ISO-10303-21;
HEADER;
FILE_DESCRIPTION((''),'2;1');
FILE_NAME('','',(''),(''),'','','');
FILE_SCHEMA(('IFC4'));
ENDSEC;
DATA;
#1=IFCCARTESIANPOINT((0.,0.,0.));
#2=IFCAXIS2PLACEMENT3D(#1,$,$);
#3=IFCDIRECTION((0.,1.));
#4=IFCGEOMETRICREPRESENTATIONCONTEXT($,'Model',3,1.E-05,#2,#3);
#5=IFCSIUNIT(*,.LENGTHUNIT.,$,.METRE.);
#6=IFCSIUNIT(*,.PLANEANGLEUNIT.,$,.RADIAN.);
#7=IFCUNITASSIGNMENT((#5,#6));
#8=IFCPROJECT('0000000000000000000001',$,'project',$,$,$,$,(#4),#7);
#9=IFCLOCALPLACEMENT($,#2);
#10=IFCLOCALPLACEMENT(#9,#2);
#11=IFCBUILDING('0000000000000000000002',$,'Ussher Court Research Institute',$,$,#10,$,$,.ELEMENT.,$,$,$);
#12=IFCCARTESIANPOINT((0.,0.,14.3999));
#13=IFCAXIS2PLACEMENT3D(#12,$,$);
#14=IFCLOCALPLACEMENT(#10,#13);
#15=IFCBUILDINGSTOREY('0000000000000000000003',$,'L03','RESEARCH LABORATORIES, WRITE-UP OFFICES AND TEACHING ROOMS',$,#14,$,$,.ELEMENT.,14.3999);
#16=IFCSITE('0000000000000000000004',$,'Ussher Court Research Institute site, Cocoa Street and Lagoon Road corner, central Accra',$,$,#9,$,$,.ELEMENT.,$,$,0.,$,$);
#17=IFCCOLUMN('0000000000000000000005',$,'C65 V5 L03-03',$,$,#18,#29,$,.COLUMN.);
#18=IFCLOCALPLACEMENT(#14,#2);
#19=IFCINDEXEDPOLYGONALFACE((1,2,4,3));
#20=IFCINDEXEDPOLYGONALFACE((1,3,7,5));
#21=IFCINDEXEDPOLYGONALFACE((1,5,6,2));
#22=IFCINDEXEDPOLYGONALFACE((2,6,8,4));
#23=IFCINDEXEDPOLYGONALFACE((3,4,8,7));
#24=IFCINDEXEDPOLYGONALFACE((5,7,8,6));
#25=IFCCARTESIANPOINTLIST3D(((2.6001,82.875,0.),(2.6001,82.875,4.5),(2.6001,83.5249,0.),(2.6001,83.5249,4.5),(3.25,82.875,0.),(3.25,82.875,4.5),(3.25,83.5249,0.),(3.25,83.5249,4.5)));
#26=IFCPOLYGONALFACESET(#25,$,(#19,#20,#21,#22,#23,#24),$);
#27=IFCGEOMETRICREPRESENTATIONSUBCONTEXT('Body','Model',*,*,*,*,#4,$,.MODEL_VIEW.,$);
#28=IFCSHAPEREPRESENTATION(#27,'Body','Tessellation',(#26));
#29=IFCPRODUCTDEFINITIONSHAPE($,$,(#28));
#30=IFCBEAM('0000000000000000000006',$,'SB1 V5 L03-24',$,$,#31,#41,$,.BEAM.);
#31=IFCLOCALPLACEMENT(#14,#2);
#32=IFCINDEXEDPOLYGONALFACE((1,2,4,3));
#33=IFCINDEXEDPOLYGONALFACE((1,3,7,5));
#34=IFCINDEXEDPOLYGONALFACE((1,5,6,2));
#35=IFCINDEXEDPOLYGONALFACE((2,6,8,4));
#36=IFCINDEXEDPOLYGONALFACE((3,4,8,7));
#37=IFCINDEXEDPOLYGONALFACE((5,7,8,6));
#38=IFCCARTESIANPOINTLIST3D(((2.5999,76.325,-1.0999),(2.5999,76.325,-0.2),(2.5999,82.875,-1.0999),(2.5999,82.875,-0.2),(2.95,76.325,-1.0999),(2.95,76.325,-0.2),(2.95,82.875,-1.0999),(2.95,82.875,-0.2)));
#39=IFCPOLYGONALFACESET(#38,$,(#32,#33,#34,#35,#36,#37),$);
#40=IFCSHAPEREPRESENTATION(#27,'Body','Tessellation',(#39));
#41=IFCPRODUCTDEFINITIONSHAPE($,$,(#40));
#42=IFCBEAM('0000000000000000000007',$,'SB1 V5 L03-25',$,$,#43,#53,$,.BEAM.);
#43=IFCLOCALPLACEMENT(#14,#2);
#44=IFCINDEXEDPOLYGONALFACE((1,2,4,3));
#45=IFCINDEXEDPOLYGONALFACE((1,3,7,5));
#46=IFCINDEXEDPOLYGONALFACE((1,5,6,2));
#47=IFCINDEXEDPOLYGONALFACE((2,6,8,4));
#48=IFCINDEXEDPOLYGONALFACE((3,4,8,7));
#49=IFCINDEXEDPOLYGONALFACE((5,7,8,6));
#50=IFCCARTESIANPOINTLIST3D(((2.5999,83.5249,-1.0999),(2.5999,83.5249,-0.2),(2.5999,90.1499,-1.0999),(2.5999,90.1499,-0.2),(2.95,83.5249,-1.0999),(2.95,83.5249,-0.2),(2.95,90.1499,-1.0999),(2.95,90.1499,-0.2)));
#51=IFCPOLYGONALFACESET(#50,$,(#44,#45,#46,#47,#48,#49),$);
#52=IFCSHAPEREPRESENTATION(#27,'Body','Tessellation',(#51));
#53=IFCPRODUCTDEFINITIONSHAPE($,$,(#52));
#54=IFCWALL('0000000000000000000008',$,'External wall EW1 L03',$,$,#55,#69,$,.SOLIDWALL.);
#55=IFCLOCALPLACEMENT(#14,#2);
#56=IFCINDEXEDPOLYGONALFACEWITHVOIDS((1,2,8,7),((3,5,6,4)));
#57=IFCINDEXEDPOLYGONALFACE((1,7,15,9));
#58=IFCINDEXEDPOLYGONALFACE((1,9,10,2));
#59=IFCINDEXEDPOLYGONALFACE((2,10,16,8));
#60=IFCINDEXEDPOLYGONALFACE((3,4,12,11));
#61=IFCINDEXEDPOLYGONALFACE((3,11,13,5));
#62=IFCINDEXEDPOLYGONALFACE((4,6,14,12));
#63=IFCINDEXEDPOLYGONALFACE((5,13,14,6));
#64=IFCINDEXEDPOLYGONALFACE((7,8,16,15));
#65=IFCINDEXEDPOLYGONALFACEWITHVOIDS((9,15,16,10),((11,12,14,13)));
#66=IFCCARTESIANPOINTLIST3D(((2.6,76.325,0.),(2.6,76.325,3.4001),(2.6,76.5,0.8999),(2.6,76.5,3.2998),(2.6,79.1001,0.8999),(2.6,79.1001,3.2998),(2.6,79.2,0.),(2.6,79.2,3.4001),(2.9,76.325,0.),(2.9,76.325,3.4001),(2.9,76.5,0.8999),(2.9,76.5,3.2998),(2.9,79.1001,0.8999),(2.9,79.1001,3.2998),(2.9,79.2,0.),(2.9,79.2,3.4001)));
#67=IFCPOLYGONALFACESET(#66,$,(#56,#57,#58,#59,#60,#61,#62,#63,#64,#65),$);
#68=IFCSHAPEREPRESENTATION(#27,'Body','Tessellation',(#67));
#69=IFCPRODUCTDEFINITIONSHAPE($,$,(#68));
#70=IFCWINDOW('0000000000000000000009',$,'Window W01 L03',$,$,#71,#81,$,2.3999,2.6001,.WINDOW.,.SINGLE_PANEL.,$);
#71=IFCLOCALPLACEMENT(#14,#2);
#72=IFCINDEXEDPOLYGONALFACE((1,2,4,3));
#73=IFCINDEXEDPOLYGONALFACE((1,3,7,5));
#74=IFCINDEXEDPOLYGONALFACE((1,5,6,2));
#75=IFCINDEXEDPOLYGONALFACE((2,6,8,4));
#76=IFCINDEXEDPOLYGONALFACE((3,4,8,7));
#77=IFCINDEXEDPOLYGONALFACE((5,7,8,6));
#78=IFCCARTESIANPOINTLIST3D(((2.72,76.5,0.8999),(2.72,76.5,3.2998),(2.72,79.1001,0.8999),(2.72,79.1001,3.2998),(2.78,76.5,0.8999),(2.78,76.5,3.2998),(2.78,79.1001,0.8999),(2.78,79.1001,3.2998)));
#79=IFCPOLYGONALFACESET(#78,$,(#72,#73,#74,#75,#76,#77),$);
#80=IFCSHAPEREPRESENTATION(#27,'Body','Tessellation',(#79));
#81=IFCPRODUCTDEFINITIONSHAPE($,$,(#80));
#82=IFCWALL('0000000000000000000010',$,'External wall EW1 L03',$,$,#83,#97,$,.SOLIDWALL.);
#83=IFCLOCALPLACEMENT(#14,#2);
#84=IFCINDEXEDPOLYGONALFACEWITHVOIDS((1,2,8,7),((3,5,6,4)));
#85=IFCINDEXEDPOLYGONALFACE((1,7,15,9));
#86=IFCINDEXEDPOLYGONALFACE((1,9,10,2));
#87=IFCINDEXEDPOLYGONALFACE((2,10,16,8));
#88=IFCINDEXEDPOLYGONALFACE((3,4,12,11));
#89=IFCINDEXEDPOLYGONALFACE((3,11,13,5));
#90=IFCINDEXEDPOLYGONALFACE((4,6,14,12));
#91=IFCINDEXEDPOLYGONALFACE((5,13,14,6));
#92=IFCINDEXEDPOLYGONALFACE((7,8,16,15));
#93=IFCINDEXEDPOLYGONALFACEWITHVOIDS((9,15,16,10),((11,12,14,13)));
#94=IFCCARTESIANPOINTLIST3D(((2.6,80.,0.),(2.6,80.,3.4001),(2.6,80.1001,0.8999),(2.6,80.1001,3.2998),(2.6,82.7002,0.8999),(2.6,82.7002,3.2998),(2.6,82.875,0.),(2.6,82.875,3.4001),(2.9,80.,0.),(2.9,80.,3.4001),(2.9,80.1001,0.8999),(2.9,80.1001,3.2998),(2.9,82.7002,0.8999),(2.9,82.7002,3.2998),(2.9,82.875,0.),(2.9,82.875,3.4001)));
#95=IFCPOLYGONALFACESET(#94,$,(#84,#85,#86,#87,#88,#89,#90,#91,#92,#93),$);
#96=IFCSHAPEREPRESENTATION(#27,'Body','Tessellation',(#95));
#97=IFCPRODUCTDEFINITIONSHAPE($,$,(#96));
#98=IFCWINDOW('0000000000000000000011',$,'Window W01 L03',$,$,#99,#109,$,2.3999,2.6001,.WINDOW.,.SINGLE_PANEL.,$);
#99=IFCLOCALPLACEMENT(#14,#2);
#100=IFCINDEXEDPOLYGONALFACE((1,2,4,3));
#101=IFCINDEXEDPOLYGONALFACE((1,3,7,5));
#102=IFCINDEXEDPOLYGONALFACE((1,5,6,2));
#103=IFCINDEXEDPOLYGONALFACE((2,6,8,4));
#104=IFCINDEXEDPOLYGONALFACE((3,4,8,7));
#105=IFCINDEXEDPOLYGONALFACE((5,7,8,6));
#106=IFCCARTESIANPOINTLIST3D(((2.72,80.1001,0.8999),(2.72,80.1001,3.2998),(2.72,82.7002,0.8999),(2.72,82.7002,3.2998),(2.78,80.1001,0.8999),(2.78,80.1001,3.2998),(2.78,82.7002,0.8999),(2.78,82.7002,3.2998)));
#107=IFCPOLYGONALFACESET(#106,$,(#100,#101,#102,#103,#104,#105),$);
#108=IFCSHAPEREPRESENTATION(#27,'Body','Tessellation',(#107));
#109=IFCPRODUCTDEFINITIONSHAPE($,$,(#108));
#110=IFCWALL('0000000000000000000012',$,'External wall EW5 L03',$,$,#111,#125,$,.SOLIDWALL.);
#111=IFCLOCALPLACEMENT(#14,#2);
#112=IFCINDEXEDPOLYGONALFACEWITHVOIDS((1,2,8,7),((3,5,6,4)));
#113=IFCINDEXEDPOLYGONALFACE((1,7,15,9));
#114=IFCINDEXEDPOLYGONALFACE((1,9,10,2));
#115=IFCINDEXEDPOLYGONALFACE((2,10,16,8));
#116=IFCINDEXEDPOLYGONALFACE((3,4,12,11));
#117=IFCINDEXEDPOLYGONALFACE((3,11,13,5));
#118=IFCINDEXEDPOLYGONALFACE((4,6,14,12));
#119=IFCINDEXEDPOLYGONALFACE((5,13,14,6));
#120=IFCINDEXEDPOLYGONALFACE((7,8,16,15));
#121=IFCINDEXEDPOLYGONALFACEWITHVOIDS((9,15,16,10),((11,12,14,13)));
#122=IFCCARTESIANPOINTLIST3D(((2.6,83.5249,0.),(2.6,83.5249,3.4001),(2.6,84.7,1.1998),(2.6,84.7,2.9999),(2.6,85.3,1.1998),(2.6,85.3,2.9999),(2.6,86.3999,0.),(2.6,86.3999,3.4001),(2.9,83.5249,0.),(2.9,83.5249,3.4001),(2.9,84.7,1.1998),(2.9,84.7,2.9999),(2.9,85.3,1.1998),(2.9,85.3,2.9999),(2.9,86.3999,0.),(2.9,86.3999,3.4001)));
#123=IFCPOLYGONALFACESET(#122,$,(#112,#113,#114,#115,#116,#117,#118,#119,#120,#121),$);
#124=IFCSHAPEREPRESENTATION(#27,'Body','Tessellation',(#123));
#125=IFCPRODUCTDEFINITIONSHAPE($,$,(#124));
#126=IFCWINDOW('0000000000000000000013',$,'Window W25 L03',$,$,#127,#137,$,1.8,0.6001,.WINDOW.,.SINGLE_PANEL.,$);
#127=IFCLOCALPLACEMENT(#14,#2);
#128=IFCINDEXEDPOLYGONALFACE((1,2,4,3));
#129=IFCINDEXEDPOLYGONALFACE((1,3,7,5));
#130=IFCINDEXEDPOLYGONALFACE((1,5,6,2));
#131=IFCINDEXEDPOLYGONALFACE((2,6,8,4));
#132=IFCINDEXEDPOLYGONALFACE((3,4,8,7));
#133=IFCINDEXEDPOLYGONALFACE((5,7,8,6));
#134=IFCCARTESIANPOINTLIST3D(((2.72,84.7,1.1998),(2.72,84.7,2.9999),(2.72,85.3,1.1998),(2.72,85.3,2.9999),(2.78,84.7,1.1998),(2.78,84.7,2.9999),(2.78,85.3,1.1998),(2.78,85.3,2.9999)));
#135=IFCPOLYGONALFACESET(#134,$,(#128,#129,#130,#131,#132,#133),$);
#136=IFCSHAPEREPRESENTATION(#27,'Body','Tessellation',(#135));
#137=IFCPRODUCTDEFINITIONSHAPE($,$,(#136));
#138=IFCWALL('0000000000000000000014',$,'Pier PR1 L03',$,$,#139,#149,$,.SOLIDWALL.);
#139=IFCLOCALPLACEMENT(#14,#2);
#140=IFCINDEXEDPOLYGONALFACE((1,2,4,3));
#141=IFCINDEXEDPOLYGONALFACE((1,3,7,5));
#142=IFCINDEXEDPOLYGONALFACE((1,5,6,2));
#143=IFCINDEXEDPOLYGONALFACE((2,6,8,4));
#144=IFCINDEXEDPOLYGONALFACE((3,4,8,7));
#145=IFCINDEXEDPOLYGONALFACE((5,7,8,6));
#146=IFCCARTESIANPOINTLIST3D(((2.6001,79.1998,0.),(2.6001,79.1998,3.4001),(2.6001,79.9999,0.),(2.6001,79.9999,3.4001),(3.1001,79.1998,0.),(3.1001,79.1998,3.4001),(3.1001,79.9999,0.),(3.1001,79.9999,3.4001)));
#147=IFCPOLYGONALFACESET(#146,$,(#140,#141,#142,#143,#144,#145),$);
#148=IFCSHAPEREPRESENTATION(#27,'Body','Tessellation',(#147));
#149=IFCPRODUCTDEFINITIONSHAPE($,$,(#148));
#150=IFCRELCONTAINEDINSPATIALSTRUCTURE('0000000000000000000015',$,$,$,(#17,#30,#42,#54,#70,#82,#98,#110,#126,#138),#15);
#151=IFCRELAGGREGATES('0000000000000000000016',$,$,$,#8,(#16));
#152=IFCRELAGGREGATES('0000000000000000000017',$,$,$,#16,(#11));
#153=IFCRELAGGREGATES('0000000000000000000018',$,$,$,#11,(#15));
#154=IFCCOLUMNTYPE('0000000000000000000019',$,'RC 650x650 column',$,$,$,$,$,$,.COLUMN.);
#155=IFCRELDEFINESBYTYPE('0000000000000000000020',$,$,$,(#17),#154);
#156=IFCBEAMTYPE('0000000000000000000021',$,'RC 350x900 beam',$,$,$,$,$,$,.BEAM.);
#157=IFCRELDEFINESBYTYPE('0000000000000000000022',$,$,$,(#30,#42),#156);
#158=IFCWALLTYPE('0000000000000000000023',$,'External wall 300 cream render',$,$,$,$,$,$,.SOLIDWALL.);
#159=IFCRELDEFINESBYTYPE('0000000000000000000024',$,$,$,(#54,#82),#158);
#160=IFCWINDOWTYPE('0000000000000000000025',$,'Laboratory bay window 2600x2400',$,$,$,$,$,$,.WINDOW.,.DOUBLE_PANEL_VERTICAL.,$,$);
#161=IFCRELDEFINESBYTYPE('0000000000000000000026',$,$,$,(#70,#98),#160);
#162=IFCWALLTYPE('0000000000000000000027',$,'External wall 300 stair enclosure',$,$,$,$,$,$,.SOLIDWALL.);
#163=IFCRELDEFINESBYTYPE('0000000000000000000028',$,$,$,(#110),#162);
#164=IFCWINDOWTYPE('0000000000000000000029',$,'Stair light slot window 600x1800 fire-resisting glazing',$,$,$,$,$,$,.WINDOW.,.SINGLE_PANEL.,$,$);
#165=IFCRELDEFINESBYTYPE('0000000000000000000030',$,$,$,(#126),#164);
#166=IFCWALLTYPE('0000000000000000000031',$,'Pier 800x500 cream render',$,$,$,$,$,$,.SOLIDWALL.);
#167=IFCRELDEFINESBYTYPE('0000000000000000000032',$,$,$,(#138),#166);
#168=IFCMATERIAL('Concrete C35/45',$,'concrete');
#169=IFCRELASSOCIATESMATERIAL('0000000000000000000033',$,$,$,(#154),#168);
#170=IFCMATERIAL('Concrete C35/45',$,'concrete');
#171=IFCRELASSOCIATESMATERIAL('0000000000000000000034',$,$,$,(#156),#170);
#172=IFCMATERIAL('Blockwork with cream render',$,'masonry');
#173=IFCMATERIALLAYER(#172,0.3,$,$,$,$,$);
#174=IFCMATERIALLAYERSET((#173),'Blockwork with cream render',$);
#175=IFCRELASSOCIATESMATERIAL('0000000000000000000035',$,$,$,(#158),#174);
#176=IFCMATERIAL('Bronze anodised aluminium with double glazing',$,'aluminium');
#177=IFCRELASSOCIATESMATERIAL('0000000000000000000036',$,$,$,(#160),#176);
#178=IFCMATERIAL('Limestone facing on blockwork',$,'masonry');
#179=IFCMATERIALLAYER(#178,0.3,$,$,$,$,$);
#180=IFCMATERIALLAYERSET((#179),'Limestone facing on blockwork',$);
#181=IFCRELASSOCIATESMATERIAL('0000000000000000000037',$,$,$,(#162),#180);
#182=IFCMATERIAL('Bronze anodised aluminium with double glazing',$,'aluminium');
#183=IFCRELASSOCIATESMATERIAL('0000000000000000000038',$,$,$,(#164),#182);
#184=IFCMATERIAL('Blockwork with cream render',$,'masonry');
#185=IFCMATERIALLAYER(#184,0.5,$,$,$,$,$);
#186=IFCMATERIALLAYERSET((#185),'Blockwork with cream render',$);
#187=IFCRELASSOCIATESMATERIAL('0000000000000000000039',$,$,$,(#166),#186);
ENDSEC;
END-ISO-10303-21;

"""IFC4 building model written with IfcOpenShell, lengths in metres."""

from ifc_helpers import new_model, si_unit, direction, frame, frame_2d, origin, origin_2d, place, context, subcontext, project, spatial, rectangle, extrude, material, layer, layer_set, material_profile, profile_set, type_object, element, fill, save


model = new_model("IFC4")

# Units and contexts
model_context = context("Model", 3, precision=1e-05, world=origin(), true_north=direction((0.0, 1.0)))
body_context = subcontext(model_context, "Body", "Model", "MODEL_VIEW")
ifc_project = project(units=[si_unit("LENGTHUNIT", "METRE"), si_unit("PLANEANGLEUNIT", "RADIAN")], contexts=[model_context])

# Site, building, storey
site_placement = place(None, origin())
site = spatial("IfcSite", under=ifc_project, at=site_placement, Name="Ussher Court Research Institute site, Cocoa Street and Lagoon Road corner, central Accra", CompositionType="ELEMENT", RefElevation=0.0)
building_placement = place(site_placement, origin())
building = spatial("IfcBuilding", under=site, at=building_placement, Name="Ussher Court Research Institute", CompositionType="ELEMENT")
storey_placement = place(building_placement, frame((0.0, 0.0, 14.3999)))
storey = spatial("IfcBuildingStorey", under=building, at=storey_placement, Name="L03", Description="RESEARCH LABORATORIES, WRITE-UP OFFICES AND TEACHING ROOMS", CompositionType="ELEMENT", Elevation=14.3999)

# Column
ifc_material_1 = material(Name="Concrete C35/45", Category="concrete")
ifc_material_profile_1 = material_profile(ifc_material_1, rectangle(XDim=0.6499, YDim=0.6499, at=origin_2d()), Name="RC 650x650")
ifc_profile_set_1 = profile_set([ifc_material_profile_1], Name="Concrete C35/45")
column_type = type_object("IfcColumnType", Name="RC 650x650 column", PredefinedType="COLUMN", material=ifc_profile_set_1)
column_placement = place(storey_placement, frame((2.925, 83.2, 0.0), z_axis=(0.0, 0.0, 1.0), x_axis=(1.0, 0.0, 0.0)))
element("IfcColumn", 1, at=column_placement, inside=storey, type_object=column_type, Name="C65 V5 L03-03", PredefinedType="COLUMN", context=body_context, shape_type="SweptSolid", body=[
    extrude(rectangle(XDim=0.6499, YDim=0.6499, at=origin_2d()), origin(), (0.0, 0.0, 1.0), 4.5),
])

# Beams
ifc_material_2 = material(Name="Concrete C35/45", Category="concrete")
ifc_material_profile_2 = material_profile(ifc_material_2, rectangle(XDim=0.3501, YDim=0.8999, at=origin_2d()), Name="RC 350x900")
ifc_profile_set_2 = profile_set([ifc_material_profile_2], Name="Concrete C35/45")
beam_type = type_object("IfcBeamType", Name="RC 350x900 beam", PredefinedType="BEAM", material=ifc_profile_set_2)
beam_1_placement = place(storey_placement, frame((2.7749, 76.325, -0.6499), z_axis=(0.0, 1.0, 0.0), x_axis=(-1.0, 0.0, 0.0)))
element("IfcBeam", 2, at=beam_1_placement, inside=storey, type_object=beam_type, Name="SB1 V5 L03-24", PredefinedType="BEAM", context=body_context, shape_type="SweptSolid", body=[
    extrude(rectangle(XDim=0.3501, YDim=0.8999, at=origin_2d()), origin(), (0.0, 0.0, 1.0), 6.55),
])
beam_2_placement = place(storey_placement, frame((2.7749, 83.5249, -0.6499), z_axis=(0.0, 1.0, 0.0), x_axis=(-1.0, 0.0, 0.0)))
element("IfcBeam", 3, at=beam_2_placement, inside=storey, type_object=beam_type, Name="SB1 V5 L03-25", PredefinedType="BEAM", context=body_context, shape_type="SweptSolid", body=[
    extrude(rectangle(XDim=0.3501, YDim=0.8999, at=origin_2d()), origin(), (0.0, 0.0, 1.0), 6.625),
])

# Walls, openings, windows
ifc_material_3 = material(Name="Blockwork with cream render", Category="masonry")
ifc_layer_1 = layer(ifc_material_3, 0.3)
ifc_layer_set_1 = layer_set([ifc_layer_1], Name="Blockwork with cream render")
wall_type_1 = type_object("IfcWallType", Name="External wall 300 cream render", PredefinedType="SOLIDWALL", material=ifc_layer_set_1)
wall_1_placement = place(storey_placement, frame((2.75, 76.325, 0.0), z_axis=(0.0, 0.0, 1.0), x_axis=(0.0, 1.0, 0.0)))
wall_1 = element("IfcWall", 4, at=wall_1_placement, inside=storey, type_object=wall_type_1, Name="External wall EW1 L03", PredefinedType="SOLIDWALL", context=body_context, shape_type="SweptSolid", body=[
    extrude(rectangle(XDim=2.875, YDim=0.3, at=frame_2d((1.4375, 0.0))), origin(), (0.0, 0.0, 1.0), 3.4001),
])
opening_1_placement = place(wall_1_placement, frame((0.175, 0.0, 0.8999)))
opening_1 = element("IfcOpeningElement", 5, at=opening_1_placement, cuts=wall_1, PredefinedType="OPENING", context=body_context, shape_type="SweptSolid", body=[
    extrude(rectangle(XDim=2.6001, YDim=2.3999, at=frame_2d((1.3, 1.2))), frame((0.0, 0.1602, 0.0), z_axis=(0.0, -1.0, 0.0), x_axis=(1.0, 0.0, 0.0)), (0.0, 0.0, 1.0), 0.3201),
])
ifc_material_4 = material(Name="Bronze anodised aluminium with double glazing", Category="aluminium")
window_type_1 = type_object("IfcWindowType", Name="Laboratory bay window 2600x2400", PartitioningType="DOUBLE_PANEL_VERTICAL", PredefinedType="WINDOW", material=ifc_material_4)
window_1_placement = place(opening_1_placement, origin())
window_1 = element("IfcWindow", 6, at=window_1_placement, inside=storey, type_object=window_type_1, Name="Window W01 L03", OverallHeight=2.3999, OverallWidth=2.6001, PartitioningType="SINGLE_PANEL", PredefinedType="WINDOW", context=body_context, shape_type="SweptSolid", body=[
    extrude(rectangle(XDim=2.6001, YDim=2.3999, at=frame_2d((1.3, 1.2))), frame((0.0, 0.03, 0.0), z_axis=(0.0, -1.0, 0.0), x_axis=(1.0, 0.0, 0.0)), (0.0, 0.0, 1.0), 0.0601),
])
fill(opening_1, window_1)
wall_2_placement = place(storey_placement, frame((2.75, 80.0, 0.0), z_axis=(0.0, 0.0, 1.0), x_axis=(0.0, 1.0, 0.0)))
wall_2 = element("IfcWall", 7, at=wall_2_placement, inside=storey, type_object=wall_type_1, Name="External wall EW1 L03", PredefinedType="SOLIDWALL", context=body_context, shape_type="SweptSolid", body=[
    extrude(rectangle(XDim=2.875, YDim=0.3, at=frame_2d((1.4375, 0.0))), origin(), (0.0, 0.0, 1.0), 3.4001),
])
opening_2_placement = place(wall_2_placement, frame((0.1001, 0.0, 0.8999)))
opening_2 = element("IfcOpeningElement", 8, at=opening_2_placement, cuts=wall_2, PredefinedType="OPENING", context=body_context, shape_type="SweptSolid", body=[
    extrude(rectangle(XDim=2.6001, YDim=2.3999, at=frame_2d((1.3, 1.2))), frame((0.0, 0.1602, 0.0), z_axis=(0.0, -1.0, 0.0), x_axis=(1.0, 0.0, 0.0)), (0.0, 0.0, 1.0), 0.3201),
])
window_2_placement = place(opening_2_placement, origin())
window_2 = element("IfcWindow", 9, at=window_2_placement, inside=storey, type_object=window_type_1, Name="Window W01 L03", OverallHeight=2.3999, OverallWidth=2.6001, PartitioningType="SINGLE_PANEL", PredefinedType="WINDOW", context=body_context, shape_type="SweptSolid", body=[
    extrude(rectangle(XDim=2.6001, YDim=2.3999, at=frame_2d((1.3, 1.2))), frame((0.0, 0.03, 0.0), z_axis=(0.0, -1.0, 0.0), x_axis=(1.0, 0.0, 0.0)), (0.0, 0.0, 1.0), 0.0601),
])
fill(opening_2, window_2)
ifc_material_5 = material(Name="Limestone facing on blockwork", Category="masonry")
ifc_layer_2 = layer(ifc_material_5, 0.3)
ifc_layer_set_2 = layer_set([ifc_layer_2], Name="Limestone facing on blockwork")
wall_type_2 = type_object("IfcWallType", Name="External wall 300 stair enclosure", PredefinedType="SOLIDWALL", material=ifc_layer_set_2)
wall_3_placement = place(storey_placement, frame((2.75, 83.5249, 0.0), z_axis=(0.0, 0.0, 1.0), x_axis=(0.0, 1.0, 0.0)))
wall_3 = element("IfcWall", 10, at=wall_3_placement, inside=storey, type_object=wall_type_2, Name="External wall EW5 L03", PredefinedType="SOLIDWALL", context=body_context, shape_type="SweptSolid", body=[
    extrude(rectangle(XDim=2.875, YDim=0.3, at=frame_2d((1.4375, 0.0))), origin(), (0.0, 0.0, 1.0), 3.4001),
])
opening_3_placement = place(wall_3_placement, frame((1.175, 0.0, 1.2)))
opening_3 = element("IfcOpeningElement", 11, at=opening_3_placement, cuts=wall_3, PredefinedType="OPENING", context=body_context, shape_type="SweptSolid", body=[
    extrude(rectangle(XDim=0.6001, YDim=1.8, at=frame_2d((0.3, 0.8999))), frame((0.0, 0.1602, 0.0), z_axis=(0.0, -1.0, 0.0), x_axis=(1.0, 0.0, 0.0)), (0.0, 0.0, 1.0), 0.3201),
])
ifc_material_6 = material(Name="Bronze anodised aluminium with double glazing", Category="aluminium")
window_type_2 = type_object("IfcWindowType", Name="Stair light slot window 600x1800 fire-resisting glazing", PartitioningType="SINGLE_PANEL", PredefinedType="WINDOW", material=ifc_material_6)
window_3_placement = place(opening_3_placement, origin())
window_3 = element("IfcWindow", 12, at=window_3_placement, inside=storey, type_object=window_type_2, Name="Window W25 L03", OverallHeight=1.8, OverallWidth=0.6001, PartitioningType="SINGLE_PANEL", PredefinedType="WINDOW", context=body_context, shape_type="SweptSolid", body=[
    extrude(rectangle(XDim=0.6001, YDim=1.8, at=frame_2d((0.3, 0.8999))), frame((0.0, 0.03, 0.0), z_axis=(0.0, -1.0, 0.0), x_axis=(1.0, 0.0, 0.0)), (0.0, 0.0, 1.0), 0.0601),
])
fill(opening_3, window_3)

# Wall
ifc_material_7 = material(Name="Blockwork with cream render", Category="masonry")
ifc_layer_3 = layer(ifc_material_7, 0.5)
ifc_layer_set_3 = layer_set([ifc_layer_3], Name="Blockwork with cream render")
wall_type_3 = type_object("IfcWallType", Name="Pier 800x500 cream render", PredefinedType="SOLIDWALL", material=ifc_layer_set_3)
wall_4_placement = place(storey_placement, frame((2.8501, 79.2, 0.0), z_axis=(0.0, 0.0, 1.0), x_axis=(0.0, 1.0, 0.0)))
element("IfcWall", 13, at=wall_4_placement, inside=storey, type_object=wall_type_3, Name="Pier PR1 L03", PredefinedType="SOLIDWALL", context=body_context, shape_type="SweptSolid", body=[
    extrude(rectangle(XDim=0.8, YDim=0.5, at=frame_2d((0.3999, 0.0))), origin(), (0.0, 0.0, 1.0), 3.4001),
])

save(model, "model.ifc")
